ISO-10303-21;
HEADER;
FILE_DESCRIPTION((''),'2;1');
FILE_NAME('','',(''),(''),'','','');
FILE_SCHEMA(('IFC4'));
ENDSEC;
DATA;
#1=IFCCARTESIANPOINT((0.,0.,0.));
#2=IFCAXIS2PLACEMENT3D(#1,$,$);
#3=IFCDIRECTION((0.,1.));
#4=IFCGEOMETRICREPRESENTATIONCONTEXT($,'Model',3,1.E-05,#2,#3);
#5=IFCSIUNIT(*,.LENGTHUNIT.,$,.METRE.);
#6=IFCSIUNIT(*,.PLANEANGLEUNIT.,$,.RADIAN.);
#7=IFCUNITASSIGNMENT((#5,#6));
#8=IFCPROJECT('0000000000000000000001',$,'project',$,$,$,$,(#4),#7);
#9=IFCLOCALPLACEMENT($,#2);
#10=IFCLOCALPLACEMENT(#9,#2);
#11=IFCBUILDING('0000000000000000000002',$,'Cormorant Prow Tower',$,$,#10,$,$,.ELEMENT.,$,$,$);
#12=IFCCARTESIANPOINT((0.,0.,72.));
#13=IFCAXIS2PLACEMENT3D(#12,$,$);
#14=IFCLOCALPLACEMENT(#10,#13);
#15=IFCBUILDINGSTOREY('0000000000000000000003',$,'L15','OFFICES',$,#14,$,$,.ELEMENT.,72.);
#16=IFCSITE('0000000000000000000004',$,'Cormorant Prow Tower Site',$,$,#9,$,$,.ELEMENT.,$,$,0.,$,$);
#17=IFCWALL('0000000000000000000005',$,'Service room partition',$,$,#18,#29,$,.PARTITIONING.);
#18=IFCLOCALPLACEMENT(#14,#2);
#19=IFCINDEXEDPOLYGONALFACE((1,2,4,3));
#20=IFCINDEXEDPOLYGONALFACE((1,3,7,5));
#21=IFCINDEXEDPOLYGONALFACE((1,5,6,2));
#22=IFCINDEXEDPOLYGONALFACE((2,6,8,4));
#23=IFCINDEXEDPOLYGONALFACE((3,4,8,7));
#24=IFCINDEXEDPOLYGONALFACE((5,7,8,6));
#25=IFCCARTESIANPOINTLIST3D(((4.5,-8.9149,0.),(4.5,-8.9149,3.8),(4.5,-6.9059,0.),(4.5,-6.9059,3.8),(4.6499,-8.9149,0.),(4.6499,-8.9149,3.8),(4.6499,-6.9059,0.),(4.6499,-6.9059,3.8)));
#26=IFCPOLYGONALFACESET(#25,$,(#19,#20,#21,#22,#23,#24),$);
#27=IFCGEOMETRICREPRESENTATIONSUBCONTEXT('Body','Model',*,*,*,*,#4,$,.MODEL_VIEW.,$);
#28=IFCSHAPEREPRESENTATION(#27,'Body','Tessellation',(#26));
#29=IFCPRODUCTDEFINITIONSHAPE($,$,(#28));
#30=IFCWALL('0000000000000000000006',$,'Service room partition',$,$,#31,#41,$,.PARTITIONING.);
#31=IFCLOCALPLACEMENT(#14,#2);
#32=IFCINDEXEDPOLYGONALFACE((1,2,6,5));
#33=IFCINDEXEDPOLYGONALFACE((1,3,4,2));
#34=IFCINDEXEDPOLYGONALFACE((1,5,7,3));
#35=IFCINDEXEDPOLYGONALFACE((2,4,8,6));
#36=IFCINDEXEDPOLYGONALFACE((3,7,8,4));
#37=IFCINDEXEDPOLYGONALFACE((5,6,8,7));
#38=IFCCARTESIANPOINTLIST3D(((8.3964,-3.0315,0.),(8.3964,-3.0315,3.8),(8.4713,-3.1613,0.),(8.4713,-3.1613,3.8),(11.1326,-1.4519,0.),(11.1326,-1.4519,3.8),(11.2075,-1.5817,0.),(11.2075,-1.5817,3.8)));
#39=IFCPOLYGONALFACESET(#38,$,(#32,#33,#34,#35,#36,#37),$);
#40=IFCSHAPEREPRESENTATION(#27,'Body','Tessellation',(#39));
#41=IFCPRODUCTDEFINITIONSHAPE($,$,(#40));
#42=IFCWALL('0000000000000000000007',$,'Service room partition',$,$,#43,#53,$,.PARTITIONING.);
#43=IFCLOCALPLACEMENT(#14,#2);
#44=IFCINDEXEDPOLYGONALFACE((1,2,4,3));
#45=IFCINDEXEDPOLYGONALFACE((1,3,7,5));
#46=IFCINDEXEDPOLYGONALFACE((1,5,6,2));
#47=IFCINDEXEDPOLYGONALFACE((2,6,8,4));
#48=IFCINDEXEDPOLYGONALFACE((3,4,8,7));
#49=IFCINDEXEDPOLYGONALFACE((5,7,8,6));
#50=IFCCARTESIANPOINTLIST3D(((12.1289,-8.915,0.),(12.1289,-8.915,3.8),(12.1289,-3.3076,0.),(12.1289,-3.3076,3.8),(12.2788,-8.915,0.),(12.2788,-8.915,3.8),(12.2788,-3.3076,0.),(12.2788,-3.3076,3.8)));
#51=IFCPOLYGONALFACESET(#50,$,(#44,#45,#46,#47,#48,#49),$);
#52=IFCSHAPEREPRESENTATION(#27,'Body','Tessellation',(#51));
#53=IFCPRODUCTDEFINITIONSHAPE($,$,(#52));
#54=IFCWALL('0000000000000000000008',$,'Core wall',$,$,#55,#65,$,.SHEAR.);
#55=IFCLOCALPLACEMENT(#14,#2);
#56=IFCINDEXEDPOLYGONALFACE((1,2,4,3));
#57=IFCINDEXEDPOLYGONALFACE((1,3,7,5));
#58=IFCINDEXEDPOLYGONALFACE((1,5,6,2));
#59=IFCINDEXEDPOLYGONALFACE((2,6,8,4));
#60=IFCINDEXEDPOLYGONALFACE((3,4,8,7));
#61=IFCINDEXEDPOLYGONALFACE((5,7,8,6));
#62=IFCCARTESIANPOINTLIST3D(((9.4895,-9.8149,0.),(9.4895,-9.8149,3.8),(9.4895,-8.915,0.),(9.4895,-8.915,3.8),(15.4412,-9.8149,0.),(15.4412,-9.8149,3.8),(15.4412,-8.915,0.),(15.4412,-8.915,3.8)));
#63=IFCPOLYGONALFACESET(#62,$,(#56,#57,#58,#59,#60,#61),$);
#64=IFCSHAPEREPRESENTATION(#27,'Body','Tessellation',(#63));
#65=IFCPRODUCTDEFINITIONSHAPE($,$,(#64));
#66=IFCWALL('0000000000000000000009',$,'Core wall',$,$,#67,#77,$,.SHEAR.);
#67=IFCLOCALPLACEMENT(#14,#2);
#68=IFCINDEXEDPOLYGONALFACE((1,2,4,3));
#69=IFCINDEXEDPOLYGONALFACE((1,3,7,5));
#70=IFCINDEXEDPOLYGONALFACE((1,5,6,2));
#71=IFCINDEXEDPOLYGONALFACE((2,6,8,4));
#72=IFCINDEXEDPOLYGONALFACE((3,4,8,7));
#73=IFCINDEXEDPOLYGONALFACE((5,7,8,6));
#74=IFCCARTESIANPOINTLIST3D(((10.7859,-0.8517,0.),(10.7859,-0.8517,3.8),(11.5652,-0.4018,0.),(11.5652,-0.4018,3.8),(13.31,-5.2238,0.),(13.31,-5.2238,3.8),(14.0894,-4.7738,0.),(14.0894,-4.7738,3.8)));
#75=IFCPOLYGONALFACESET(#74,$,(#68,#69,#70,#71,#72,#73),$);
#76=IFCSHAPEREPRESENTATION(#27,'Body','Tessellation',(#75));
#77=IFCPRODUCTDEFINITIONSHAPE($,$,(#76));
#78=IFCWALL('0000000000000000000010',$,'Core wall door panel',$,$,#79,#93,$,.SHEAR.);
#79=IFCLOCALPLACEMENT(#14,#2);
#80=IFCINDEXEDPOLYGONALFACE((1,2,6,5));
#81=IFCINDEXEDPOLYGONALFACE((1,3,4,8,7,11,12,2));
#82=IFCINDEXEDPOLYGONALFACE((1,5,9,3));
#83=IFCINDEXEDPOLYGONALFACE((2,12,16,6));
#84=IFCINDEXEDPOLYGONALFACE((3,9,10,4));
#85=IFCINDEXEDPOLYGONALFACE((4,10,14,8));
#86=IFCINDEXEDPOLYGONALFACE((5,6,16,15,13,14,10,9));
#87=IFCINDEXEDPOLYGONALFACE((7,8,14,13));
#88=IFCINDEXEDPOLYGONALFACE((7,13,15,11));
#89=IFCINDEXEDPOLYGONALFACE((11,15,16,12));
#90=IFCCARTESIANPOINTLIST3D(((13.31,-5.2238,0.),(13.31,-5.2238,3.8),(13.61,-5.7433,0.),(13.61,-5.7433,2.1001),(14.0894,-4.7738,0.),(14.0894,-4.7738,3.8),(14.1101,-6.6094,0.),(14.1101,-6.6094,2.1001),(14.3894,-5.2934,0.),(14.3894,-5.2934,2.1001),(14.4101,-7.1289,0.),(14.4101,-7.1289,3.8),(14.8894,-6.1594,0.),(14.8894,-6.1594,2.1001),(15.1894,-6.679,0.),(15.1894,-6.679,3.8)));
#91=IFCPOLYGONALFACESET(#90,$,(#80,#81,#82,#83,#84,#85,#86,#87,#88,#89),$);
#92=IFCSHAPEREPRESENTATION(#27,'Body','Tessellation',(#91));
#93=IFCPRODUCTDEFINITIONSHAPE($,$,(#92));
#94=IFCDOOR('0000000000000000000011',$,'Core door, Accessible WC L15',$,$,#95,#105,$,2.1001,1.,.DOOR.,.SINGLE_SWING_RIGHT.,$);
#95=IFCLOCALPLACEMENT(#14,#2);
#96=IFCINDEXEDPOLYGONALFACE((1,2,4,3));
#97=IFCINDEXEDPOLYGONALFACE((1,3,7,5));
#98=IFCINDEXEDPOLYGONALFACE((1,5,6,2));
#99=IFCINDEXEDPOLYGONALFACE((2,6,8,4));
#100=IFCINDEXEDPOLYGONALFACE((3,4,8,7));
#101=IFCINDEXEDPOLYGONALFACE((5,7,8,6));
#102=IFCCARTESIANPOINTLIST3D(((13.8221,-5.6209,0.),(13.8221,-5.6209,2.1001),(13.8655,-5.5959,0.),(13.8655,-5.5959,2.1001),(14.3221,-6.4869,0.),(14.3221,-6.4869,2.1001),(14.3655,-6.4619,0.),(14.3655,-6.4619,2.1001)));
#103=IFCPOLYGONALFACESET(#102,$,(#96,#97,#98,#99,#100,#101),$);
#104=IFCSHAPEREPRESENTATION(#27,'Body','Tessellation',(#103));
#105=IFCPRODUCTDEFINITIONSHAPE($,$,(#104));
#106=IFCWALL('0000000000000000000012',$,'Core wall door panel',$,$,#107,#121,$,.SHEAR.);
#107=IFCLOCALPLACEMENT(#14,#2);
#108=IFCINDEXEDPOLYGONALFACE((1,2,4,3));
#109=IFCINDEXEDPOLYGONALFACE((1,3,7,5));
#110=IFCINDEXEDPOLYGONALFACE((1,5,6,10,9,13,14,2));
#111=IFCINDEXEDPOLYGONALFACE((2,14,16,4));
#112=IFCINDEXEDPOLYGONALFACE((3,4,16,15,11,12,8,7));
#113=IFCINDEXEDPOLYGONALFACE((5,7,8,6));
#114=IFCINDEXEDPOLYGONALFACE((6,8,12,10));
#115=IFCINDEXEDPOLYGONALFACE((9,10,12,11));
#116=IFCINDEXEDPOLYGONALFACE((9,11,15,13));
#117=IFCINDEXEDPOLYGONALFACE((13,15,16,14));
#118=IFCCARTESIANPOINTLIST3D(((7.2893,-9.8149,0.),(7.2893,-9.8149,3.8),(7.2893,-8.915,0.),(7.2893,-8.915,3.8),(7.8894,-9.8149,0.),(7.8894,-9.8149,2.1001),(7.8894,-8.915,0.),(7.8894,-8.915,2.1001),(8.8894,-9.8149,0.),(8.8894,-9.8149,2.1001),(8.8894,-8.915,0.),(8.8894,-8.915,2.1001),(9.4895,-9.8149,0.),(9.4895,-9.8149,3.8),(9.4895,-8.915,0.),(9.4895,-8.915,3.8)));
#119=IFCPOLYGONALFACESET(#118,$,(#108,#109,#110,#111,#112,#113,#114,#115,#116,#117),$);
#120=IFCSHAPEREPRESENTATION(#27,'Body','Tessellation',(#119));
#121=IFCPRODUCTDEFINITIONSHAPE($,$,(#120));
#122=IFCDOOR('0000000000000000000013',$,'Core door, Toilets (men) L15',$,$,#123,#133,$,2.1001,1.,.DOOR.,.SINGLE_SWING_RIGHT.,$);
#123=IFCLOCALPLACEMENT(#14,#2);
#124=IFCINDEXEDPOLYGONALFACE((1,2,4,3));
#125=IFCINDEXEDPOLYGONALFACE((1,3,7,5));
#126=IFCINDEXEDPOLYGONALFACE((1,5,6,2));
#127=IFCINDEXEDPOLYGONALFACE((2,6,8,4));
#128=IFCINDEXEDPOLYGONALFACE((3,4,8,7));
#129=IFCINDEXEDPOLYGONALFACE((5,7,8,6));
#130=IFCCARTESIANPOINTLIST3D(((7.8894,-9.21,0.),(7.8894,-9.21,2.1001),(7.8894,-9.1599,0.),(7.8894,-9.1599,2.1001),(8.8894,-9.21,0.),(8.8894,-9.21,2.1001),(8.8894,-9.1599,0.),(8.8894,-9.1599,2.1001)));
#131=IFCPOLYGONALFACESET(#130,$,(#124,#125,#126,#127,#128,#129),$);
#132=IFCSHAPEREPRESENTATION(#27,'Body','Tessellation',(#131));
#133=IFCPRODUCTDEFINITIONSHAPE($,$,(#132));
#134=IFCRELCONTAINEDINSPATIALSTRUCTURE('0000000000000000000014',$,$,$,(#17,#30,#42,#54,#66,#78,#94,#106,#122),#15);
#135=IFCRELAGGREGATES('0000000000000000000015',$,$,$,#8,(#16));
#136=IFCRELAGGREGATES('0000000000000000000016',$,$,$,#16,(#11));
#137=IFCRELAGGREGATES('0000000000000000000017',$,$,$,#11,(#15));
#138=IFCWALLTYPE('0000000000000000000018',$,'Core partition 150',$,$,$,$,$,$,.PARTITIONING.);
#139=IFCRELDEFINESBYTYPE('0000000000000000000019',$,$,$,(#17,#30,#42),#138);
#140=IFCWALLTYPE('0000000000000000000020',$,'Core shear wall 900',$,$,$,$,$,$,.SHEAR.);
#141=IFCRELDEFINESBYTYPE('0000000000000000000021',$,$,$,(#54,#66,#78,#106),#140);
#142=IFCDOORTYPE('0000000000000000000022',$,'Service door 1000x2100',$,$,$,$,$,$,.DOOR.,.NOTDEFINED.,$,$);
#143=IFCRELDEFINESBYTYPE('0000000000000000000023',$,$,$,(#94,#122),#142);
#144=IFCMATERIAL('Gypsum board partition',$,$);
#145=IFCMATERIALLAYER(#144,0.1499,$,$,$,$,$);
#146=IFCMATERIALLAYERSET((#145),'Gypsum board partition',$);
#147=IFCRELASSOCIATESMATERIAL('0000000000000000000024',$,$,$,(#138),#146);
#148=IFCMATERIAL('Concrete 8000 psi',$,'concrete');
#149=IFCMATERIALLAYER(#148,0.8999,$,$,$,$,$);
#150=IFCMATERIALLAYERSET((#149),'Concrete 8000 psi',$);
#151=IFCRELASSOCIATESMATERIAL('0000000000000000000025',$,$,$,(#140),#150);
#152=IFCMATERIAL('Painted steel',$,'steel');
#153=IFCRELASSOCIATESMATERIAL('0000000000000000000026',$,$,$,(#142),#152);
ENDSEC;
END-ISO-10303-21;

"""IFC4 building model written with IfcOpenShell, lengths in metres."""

from ifc_helpers import new_model, si_unit, direction, frame, frame_2d, origin, place, context, subcontext, project, spatial, rectangle, extrude, material, layer, layer_set, type_object, element, fill, save


model = new_model("IFC4")

# Units and contexts
model_context = context("Model", 3, precision=1e-05, world=origin(), true_north=direction((0.0, 1.0)))
body_context = subcontext(model_context, "Body", "Model", "MODEL_VIEW")
ifc_project = project(units=[si_unit("LENGTHUNIT", "METRE"), si_unit("PLANEANGLEUNIT", "RADIAN")], contexts=[model_context])

# Site, building, storey
site_placement = place(None, origin())
site = spatial("IfcSite", under=ifc_project, at=site_placement, Name="Cormorant Prow Tower Site", CompositionType="ELEMENT", RefElevation=0.0)
building_placement = place(site_placement, origin())
building = spatial("IfcBuilding", under=site, at=building_placement, Name="Cormorant Prow Tower", CompositionType="ELEMENT")
storey_placement = place(building_placement, frame((0.0, 0.0, 72.0)))
storey = spatial("IfcBuildingStorey", under=building, at=storey_placement, Name="L15", Description="OFFICES", CompositionType="ELEMENT", Elevation=72.0)

# Walls
ifc_material_1 = material(Name="Gypsum board partition")
ifc_layer_1 = layer(ifc_material_1, 0.1499)
ifc_layer_set_1 = layer_set([ifc_layer_1], Name="Gypsum board partition")
wall_type_1 = type_object("IfcWallType", Name="Core partition 150", PredefinedType="PARTITIONING", material=ifc_layer_set_1)
wall_1_placement = place(storey_placement, frame((4.575, -6.906, 0.0), z_axis=(0.0, 0.0, 1.0), x_axis=(0.0, -1.0, 0.0)))
element("IfcWall", 1, at=wall_1_placement, inside=storey, type_object=wall_type_1, Name="Service room partition", PredefinedType="PARTITIONING", context=body_context, shape_type="SweptSolid", body=[
    extrude(rectangle(XDim=2.009, YDim=0.1499, at=frame_2d((1.0044, 0.0))), origin(), (0.0, 0.0, 1.0), 3.8),
])
wall_2_placement = place(storey_placement, frame((11.1699, -1.5168, 0.0), z_axis=(0.0, 0.0, 1.0), x_axis=(-0.866038, -0.499979, 0.0)))
element("IfcWall", 2, at=wall_2_placement, inside=storey, type_object=wall_type_1, Name="Service room partition", PredefinedType="PARTITIONING", context=body_context, shape_type="SweptSolid", body=[
    extrude(rectangle(XDim=3.1594, YDim=0.1499, at=frame_2d((1.5796, 0.0))), origin(), (0.0, 0.0, 1.0), 3.8),
])
wall_3_placement = place(storey_placement, frame((12.2039, -8.915, 0.0), z_axis=(0.0, 0.0, 1.0), x_axis=(0.0, 1.0, 0.0)))
element("IfcWall", 3, at=wall_3_placement, inside=storey, type_object=wall_type_1, Name="Service room partition", PredefinedType="PARTITIONING", context=body_context, shape_type="SweptSolid", body=[
    extrude(rectangle(XDim=5.6074, YDim=0.1499, at=frame_2d((2.8037, 0.0))), origin(), (0.0, 0.0, 1.0), 3.8),
])
ifc_material_2 = material(Name="Concrete 8000 psi", Category="concrete")
ifc_layer_2 = layer(ifc_material_2, 0.8999)
ifc_layer_set_2 = layer_set([ifc_layer_2], Name="Concrete 8000 psi")
wall_type_2 = type_object("IfcWallType", Name="Core shear wall 900", PredefinedType="SHEAR", material=ifc_layer_set_2)
wall_4_placement = place(storey_placement, frame((9.4895, -9.365, 0.0), z_axis=(0.0, 0.0, 1.0), x_axis=(1.0, 0.0, 0.0)))
element("IfcWall", 4, at=wall_4_placement, inside=storey, type_object=wall_type_2, Name="Core wall", PredefinedType="SHEAR", context=body_context, shape_type="SweptSolid", body=[
    extrude(rectangle(XDim=5.9517, YDim=0.8999, at=frame_2d((2.9758, 0.0))), origin(), (0.0, 0.0, 1.0), 3.8),
])
wall_5_placement = place(storey_placement, frame((13.6997, -4.9988, 0.0), z_axis=(0.0, 0.0, 1.0), x_axis=(-0.499993, 0.866029, 0.0)))
element("IfcWall", 5, at=wall_5_placement, inside=storey, type_object=wall_type_2, Name="Core wall", PredefinedType="SHEAR", context=body_context, shape_type="SweptSolid", body=[
    extrude(rectangle(XDim=5.0483, YDim=0.8999, at=frame_2d((2.5242, 0.0))), origin(), (0.0, 0.0, 1.0), 3.8),
])

# Walls, openings, doors
wall_6_placement = place(storey_placement, frame((14.7998, -6.9041, 0.0), z_axis=(0.0, 0.0, 1.0), x_axis=(-0.50003, 0.866008, 0.0)))
wall_6 = element("IfcWall", 6, at=wall_6_placement, inside=storey, type_object=wall_type_2, Name="Core wall door panel", PredefinedType="SHEAR", context=body_context, shape_type="SweptSolid", body=[
    extrude(rectangle(XDim=2.2, YDim=0.8999, at=frame_2d((1.1001, 0.0))), origin(), (0.0, 0.0, 1.0), 3.8),
])
opening_1_placement = place(wall_6_placement, frame((0.6001, 0.0, 0.0)))
opening_1 = element("IfcOpeningElement", 7, at=opening_1_placement, cuts=wall_6, PredefinedType="OPENING", context=body_context, shape_type="SweptSolid", body=[
    extrude(rectangle(XDim=1.0, YDim=2.1001, at=frame_2d((0.5, 1.05))), frame((0.0, 0.46, 0.0), z_axis=(0.0, -1.0, 0.0), x_axis=(1.0, 0.0, 0.0)), (0.0, 0.0, 1.0), 0.9199),
])
ifc_material_3 = material(Name="Painted steel", Category="steel")
door_type_1 = type_object("IfcDoorType", Name="Service door 1000x2100", OperationType="NOTDEFINED", PredefinedType="DOOR", material=ifc_material_3)
door_1_placement = place(opening_1_placement, origin())
door_1 = element("IfcDoor", 8, at=door_1_placement, inside=storey, type_object=door_type_1, Name="Core door, Accessible WC L15", OperationType="SINGLE_SWING_RIGHT", OverallHeight=2.1001, OverallWidth=1.0, PredefinedType="DOOR", context=body_context, shape_type="SweptSolid", body=[
    extrude(rectangle(XDim=1.0, YDim=2.1001, at=frame_2d((0.5, 1.05))), frame((0.0, 0.2051, 0.0), z_axis=(0.0, -1.0, 0.0), x_axis=(1.0, 0.0, 0.0)), (0.0, 0.0, 1.0), 0.05),
])
fill(opening_1, door_1)
wall_7_placement = place(storey_placement, frame((7.2893, -9.365, 0.0), z_axis=(0.0, 0.0, 1.0), x_axis=(1.0, 0.0, 0.0)))
wall_7 = element("IfcWall", 9, at=wall_7_placement, inside=storey, type_object=wall_type_2, Name="Core wall door panel", PredefinedType="SHEAR", context=body_context, shape_type="SweptSolid", body=[
    extrude(rectangle(XDim=2.2002, YDim=0.8999, at=frame_2d((1.1001, 0.0))), origin(), (0.0, 0.0, 1.0), 3.8),
])
opening_2_placement = place(wall_7_placement, frame((0.6001, 0.0, 0.0)))
opening_2 = element("IfcOpeningElement", 10, at=opening_2_placement, cuts=wall_7, PredefinedType="OPENING", context=body_context, shape_type="SweptSolid", body=[
    extrude(rectangle(XDim=1.0, YDim=2.1001, at=frame_2d((0.5, 1.05))), frame((0.0, 0.46, 0.0), z_axis=(0.0, -1.0, 0.0), x_axis=(1.0, 0.0, 0.0)), (0.0, 0.0, 1.0), 0.9199),
])
door_2_placement = place(opening_2_placement, origin())
door_2 = element("IfcDoor", 11, at=door_2_placement, inside=storey, type_object=door_type_1, Name="Core door, Toilets (men) L15", OperationType="SINGLE_SWING_RIGHT", OverallHeight=2.1001, OverallWidth=1.0, PredefinedType="DOOR", context=body_context, shape_type="SweptSolid", body=[
    extrude(rectangle(XDim=1.0, YDim=2.1001, at=frame_2d((0.5, 1.05))), frame((0.0, 0.2051, 0.0), z_axis=(0.0, -1.0, 0.0), x_axis=(1.0, 0.0, 0.0)), (0.0, 0.0, 1.0), 0.05),
])
fill(opening_2, door_2)

save(model, "model.ifc")
